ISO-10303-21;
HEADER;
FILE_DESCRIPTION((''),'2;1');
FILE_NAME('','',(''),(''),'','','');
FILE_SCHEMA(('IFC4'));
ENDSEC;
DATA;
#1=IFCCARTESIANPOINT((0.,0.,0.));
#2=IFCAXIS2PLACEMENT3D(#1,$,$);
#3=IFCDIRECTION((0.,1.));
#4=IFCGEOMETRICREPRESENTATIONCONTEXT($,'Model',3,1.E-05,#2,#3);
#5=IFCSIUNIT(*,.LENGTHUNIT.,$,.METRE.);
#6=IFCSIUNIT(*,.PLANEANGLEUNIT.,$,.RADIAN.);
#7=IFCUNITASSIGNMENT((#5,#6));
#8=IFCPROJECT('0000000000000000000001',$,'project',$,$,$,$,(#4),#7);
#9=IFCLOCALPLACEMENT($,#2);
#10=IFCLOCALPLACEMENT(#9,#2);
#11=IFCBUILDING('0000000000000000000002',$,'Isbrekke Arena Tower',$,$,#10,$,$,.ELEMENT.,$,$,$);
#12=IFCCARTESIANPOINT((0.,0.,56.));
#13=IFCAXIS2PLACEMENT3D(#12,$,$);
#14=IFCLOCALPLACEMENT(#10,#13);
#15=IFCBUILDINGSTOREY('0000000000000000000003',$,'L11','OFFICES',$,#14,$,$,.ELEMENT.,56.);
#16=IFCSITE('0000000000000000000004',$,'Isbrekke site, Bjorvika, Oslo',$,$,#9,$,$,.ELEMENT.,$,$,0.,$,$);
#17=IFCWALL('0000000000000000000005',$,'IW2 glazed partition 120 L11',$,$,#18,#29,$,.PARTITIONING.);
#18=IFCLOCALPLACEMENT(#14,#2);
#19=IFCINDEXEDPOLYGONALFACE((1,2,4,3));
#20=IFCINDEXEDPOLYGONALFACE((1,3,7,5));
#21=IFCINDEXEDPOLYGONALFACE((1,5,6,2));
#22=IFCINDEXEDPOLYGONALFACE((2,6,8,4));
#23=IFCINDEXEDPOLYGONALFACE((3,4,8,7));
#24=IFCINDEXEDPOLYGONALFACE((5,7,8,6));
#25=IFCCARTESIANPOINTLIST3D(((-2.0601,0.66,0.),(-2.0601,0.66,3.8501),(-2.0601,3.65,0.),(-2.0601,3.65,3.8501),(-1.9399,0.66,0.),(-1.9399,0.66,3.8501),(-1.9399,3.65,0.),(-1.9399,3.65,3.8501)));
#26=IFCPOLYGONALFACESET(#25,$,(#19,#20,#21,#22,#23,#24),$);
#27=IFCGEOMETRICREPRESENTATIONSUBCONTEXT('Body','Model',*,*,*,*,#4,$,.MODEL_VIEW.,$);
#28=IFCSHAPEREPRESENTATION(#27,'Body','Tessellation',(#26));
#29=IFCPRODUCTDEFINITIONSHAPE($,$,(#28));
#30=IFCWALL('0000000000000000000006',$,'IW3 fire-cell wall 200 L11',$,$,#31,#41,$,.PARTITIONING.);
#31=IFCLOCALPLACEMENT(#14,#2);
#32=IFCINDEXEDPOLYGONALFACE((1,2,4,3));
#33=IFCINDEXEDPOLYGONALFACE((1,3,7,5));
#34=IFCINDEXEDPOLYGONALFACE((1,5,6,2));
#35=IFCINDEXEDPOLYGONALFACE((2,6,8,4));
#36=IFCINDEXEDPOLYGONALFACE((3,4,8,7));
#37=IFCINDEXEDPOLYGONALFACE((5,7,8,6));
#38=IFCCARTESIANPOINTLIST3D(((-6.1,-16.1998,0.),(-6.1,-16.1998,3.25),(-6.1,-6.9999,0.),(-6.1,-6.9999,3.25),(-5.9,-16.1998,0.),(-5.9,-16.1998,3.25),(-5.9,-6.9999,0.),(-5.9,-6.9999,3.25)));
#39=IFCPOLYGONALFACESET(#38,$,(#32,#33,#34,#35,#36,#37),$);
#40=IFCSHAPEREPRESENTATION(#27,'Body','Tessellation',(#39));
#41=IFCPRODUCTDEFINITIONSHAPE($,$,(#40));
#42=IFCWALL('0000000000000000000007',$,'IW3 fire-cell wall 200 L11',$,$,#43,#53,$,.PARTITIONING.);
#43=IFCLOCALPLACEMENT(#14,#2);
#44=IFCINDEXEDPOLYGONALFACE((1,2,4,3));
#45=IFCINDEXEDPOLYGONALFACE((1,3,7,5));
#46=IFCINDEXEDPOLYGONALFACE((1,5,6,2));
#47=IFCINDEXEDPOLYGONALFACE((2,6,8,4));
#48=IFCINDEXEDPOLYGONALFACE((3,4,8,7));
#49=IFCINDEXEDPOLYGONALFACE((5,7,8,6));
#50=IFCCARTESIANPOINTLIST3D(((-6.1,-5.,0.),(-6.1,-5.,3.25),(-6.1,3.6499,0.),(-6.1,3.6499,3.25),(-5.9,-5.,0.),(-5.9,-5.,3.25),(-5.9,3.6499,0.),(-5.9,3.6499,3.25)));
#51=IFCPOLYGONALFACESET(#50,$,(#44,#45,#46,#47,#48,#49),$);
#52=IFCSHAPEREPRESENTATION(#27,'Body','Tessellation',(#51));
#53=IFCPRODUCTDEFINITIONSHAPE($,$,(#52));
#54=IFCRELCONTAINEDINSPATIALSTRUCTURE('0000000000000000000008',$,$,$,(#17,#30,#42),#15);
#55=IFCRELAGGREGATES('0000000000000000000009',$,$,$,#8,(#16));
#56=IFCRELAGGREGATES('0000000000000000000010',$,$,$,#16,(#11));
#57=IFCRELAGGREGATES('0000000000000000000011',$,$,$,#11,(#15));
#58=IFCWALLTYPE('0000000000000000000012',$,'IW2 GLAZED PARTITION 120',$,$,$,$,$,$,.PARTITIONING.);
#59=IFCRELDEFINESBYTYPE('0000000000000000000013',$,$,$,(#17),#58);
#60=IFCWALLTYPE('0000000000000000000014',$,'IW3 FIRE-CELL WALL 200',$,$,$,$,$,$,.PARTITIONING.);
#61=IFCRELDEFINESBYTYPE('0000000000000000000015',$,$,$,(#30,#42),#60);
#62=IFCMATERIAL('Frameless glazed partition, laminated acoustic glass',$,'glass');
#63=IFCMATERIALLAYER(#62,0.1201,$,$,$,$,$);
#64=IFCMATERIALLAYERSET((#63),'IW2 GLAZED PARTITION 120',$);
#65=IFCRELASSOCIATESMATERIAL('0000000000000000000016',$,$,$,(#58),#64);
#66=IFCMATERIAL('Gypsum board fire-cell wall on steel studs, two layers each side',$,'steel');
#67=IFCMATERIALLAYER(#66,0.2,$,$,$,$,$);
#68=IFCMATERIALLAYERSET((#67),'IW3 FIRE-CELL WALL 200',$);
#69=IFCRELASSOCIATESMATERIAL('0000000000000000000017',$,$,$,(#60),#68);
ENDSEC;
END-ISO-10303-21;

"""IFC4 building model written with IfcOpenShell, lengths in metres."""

from ifc_helpers import new_model, si_unit, direction, frame, frame_2d, origin, place, context, subcontext, project, spatial, rectangle, extrude, material, layer, layer_set, type_object, element, save


model = new_model("IFC4")

# Units and contexts
model_context = context("Model", 3, precision=1e-05, world=origin(), true_north=direction((0.0, 1.0)))
body_context = subcontext(model_context, "Body", "Model", "MODEL_VIEW")
ifc_project = project(units=[si_unit("LENGTHUNIT", "METRE"), si_unit("PLANEANGLEUNIT", "RADIAN")], contexts=[model_context])

# Site, building, storey
site_placement = place(None, origin())
site = spatial("IfcSite", under=ifc_project, at=site_placement, Name="Isbrekke site, Bjorvika, Oslo", CompositionType="ELEMENT", RefElevation=0.0)
building_placement = place(site_placement, origin())
building = spatial("IfcBuilding", under=site, at=building_placement, Name="Isbrekke Arena Tower", CompositionType="ELEMENT")
storey_placement = place(building_placement, frame((0.0, 0.0, 56.0)))
storey = spatial("IfcBuildingStorey", under=building, at=storey_placement, Name="L11", Description="OFFICES", CompositionType="ELEMENT", Elevation=56.0)

# Shared definitions
ifc_material_1 = material(Name="Frameless glazed partition, laminated acoustic glass", Category="glass")
ifc_layer_1 = layer(ifc_material_1, 0.1201)
ifc_layer_set_1 = layer_set([ifc_layer_1], Name="IW2 GLAZED PARTITION 120")
wall_type_1 = type_object("IfcWallType", Name="IW2 GLAZED PARTITION 120", PredefinedType="PARTITIONING", material=ifc_layer_set_1)

# Walls
wall_1_placement = place(storey_placement, frame((-2.0, 0.6599, 0.0), z_axis=(0.0, 0.0, 1.0), x_axis=(0.0, 1.0, 0.0)))
element("IfcWall", 1, at=wall_1_placement, inside=storey, type_object=wall_type_1, Name="IW2 glazed partition 120 L11", PredefinedType="PARTITIONING", context=body_context, shape_type="SweptSolid", body=[
    extrude(rectangle(XDim=2.99, YDim=0.1201, at=frame_2d((1.4951, 0.0))), origin(), (0.0, 0.0, 1.0), 3.8501),
])
ifc_material_2 = material(Name="Gypsum board fire-cell wall on steel studs, two layers each side", Category="steel")
ifc_layer_2 = layer(ifc_material_2, 0.2)
ifc_layer_set_2 = layer_set([ifc_layer_2], Name="IW3 FIRE-CELL WALL 200")
wall_type_2 = type_object("IfcWallType", Name="IW3 FIRE-CELL WALL 200", PredefinedType="PARTITIONING", material=ifc_layer_set_2)
wall_2_placement = place(storey_placement, frame((-6.0, -16.2, 0.0), z_axis=(0.0, 0.0, 1.0), x_axis=(0.0, 1.0, 0.0)))
element("IfcWall", 2, at=wall_2_placement, inside=storey, type_object=wall_type_2, Name="IW3 fire-cell wall 200 L11", PredefinedType="PARTITIONING", context=body_context, shape_type="SweptSolid", body=[
    extrude(rectangle(XDim=9.2, YDim=0.2, at=frame_2d((4.6001, 0.0))), origin(), (0.0, 0.0, 1.0), 3.25),
])
wall_3_placement = place(storey_placement, frame((-6.0, -5.0, 0.0), z_axis=(0.0, 0.0, 1.0), x_axis=(0.0, 1.0, 0.0)))
element("IfcWall", 3, at=wall_3_placement, inside=storey, type_object=wall_type_2, Name="IW3 fire-cell wall 200 L11", PredefinedType="PARTITIONING", context=body_context, shape_type="SweptSolid", body=[
    extrude(rectangle(XDim=8.6499, YDim=0.2, at=frame_2d((4.325, 0.0))), origin(), (0.0, 0.0, 1.0), 3.25),
])

save(model, "model.ifc")
